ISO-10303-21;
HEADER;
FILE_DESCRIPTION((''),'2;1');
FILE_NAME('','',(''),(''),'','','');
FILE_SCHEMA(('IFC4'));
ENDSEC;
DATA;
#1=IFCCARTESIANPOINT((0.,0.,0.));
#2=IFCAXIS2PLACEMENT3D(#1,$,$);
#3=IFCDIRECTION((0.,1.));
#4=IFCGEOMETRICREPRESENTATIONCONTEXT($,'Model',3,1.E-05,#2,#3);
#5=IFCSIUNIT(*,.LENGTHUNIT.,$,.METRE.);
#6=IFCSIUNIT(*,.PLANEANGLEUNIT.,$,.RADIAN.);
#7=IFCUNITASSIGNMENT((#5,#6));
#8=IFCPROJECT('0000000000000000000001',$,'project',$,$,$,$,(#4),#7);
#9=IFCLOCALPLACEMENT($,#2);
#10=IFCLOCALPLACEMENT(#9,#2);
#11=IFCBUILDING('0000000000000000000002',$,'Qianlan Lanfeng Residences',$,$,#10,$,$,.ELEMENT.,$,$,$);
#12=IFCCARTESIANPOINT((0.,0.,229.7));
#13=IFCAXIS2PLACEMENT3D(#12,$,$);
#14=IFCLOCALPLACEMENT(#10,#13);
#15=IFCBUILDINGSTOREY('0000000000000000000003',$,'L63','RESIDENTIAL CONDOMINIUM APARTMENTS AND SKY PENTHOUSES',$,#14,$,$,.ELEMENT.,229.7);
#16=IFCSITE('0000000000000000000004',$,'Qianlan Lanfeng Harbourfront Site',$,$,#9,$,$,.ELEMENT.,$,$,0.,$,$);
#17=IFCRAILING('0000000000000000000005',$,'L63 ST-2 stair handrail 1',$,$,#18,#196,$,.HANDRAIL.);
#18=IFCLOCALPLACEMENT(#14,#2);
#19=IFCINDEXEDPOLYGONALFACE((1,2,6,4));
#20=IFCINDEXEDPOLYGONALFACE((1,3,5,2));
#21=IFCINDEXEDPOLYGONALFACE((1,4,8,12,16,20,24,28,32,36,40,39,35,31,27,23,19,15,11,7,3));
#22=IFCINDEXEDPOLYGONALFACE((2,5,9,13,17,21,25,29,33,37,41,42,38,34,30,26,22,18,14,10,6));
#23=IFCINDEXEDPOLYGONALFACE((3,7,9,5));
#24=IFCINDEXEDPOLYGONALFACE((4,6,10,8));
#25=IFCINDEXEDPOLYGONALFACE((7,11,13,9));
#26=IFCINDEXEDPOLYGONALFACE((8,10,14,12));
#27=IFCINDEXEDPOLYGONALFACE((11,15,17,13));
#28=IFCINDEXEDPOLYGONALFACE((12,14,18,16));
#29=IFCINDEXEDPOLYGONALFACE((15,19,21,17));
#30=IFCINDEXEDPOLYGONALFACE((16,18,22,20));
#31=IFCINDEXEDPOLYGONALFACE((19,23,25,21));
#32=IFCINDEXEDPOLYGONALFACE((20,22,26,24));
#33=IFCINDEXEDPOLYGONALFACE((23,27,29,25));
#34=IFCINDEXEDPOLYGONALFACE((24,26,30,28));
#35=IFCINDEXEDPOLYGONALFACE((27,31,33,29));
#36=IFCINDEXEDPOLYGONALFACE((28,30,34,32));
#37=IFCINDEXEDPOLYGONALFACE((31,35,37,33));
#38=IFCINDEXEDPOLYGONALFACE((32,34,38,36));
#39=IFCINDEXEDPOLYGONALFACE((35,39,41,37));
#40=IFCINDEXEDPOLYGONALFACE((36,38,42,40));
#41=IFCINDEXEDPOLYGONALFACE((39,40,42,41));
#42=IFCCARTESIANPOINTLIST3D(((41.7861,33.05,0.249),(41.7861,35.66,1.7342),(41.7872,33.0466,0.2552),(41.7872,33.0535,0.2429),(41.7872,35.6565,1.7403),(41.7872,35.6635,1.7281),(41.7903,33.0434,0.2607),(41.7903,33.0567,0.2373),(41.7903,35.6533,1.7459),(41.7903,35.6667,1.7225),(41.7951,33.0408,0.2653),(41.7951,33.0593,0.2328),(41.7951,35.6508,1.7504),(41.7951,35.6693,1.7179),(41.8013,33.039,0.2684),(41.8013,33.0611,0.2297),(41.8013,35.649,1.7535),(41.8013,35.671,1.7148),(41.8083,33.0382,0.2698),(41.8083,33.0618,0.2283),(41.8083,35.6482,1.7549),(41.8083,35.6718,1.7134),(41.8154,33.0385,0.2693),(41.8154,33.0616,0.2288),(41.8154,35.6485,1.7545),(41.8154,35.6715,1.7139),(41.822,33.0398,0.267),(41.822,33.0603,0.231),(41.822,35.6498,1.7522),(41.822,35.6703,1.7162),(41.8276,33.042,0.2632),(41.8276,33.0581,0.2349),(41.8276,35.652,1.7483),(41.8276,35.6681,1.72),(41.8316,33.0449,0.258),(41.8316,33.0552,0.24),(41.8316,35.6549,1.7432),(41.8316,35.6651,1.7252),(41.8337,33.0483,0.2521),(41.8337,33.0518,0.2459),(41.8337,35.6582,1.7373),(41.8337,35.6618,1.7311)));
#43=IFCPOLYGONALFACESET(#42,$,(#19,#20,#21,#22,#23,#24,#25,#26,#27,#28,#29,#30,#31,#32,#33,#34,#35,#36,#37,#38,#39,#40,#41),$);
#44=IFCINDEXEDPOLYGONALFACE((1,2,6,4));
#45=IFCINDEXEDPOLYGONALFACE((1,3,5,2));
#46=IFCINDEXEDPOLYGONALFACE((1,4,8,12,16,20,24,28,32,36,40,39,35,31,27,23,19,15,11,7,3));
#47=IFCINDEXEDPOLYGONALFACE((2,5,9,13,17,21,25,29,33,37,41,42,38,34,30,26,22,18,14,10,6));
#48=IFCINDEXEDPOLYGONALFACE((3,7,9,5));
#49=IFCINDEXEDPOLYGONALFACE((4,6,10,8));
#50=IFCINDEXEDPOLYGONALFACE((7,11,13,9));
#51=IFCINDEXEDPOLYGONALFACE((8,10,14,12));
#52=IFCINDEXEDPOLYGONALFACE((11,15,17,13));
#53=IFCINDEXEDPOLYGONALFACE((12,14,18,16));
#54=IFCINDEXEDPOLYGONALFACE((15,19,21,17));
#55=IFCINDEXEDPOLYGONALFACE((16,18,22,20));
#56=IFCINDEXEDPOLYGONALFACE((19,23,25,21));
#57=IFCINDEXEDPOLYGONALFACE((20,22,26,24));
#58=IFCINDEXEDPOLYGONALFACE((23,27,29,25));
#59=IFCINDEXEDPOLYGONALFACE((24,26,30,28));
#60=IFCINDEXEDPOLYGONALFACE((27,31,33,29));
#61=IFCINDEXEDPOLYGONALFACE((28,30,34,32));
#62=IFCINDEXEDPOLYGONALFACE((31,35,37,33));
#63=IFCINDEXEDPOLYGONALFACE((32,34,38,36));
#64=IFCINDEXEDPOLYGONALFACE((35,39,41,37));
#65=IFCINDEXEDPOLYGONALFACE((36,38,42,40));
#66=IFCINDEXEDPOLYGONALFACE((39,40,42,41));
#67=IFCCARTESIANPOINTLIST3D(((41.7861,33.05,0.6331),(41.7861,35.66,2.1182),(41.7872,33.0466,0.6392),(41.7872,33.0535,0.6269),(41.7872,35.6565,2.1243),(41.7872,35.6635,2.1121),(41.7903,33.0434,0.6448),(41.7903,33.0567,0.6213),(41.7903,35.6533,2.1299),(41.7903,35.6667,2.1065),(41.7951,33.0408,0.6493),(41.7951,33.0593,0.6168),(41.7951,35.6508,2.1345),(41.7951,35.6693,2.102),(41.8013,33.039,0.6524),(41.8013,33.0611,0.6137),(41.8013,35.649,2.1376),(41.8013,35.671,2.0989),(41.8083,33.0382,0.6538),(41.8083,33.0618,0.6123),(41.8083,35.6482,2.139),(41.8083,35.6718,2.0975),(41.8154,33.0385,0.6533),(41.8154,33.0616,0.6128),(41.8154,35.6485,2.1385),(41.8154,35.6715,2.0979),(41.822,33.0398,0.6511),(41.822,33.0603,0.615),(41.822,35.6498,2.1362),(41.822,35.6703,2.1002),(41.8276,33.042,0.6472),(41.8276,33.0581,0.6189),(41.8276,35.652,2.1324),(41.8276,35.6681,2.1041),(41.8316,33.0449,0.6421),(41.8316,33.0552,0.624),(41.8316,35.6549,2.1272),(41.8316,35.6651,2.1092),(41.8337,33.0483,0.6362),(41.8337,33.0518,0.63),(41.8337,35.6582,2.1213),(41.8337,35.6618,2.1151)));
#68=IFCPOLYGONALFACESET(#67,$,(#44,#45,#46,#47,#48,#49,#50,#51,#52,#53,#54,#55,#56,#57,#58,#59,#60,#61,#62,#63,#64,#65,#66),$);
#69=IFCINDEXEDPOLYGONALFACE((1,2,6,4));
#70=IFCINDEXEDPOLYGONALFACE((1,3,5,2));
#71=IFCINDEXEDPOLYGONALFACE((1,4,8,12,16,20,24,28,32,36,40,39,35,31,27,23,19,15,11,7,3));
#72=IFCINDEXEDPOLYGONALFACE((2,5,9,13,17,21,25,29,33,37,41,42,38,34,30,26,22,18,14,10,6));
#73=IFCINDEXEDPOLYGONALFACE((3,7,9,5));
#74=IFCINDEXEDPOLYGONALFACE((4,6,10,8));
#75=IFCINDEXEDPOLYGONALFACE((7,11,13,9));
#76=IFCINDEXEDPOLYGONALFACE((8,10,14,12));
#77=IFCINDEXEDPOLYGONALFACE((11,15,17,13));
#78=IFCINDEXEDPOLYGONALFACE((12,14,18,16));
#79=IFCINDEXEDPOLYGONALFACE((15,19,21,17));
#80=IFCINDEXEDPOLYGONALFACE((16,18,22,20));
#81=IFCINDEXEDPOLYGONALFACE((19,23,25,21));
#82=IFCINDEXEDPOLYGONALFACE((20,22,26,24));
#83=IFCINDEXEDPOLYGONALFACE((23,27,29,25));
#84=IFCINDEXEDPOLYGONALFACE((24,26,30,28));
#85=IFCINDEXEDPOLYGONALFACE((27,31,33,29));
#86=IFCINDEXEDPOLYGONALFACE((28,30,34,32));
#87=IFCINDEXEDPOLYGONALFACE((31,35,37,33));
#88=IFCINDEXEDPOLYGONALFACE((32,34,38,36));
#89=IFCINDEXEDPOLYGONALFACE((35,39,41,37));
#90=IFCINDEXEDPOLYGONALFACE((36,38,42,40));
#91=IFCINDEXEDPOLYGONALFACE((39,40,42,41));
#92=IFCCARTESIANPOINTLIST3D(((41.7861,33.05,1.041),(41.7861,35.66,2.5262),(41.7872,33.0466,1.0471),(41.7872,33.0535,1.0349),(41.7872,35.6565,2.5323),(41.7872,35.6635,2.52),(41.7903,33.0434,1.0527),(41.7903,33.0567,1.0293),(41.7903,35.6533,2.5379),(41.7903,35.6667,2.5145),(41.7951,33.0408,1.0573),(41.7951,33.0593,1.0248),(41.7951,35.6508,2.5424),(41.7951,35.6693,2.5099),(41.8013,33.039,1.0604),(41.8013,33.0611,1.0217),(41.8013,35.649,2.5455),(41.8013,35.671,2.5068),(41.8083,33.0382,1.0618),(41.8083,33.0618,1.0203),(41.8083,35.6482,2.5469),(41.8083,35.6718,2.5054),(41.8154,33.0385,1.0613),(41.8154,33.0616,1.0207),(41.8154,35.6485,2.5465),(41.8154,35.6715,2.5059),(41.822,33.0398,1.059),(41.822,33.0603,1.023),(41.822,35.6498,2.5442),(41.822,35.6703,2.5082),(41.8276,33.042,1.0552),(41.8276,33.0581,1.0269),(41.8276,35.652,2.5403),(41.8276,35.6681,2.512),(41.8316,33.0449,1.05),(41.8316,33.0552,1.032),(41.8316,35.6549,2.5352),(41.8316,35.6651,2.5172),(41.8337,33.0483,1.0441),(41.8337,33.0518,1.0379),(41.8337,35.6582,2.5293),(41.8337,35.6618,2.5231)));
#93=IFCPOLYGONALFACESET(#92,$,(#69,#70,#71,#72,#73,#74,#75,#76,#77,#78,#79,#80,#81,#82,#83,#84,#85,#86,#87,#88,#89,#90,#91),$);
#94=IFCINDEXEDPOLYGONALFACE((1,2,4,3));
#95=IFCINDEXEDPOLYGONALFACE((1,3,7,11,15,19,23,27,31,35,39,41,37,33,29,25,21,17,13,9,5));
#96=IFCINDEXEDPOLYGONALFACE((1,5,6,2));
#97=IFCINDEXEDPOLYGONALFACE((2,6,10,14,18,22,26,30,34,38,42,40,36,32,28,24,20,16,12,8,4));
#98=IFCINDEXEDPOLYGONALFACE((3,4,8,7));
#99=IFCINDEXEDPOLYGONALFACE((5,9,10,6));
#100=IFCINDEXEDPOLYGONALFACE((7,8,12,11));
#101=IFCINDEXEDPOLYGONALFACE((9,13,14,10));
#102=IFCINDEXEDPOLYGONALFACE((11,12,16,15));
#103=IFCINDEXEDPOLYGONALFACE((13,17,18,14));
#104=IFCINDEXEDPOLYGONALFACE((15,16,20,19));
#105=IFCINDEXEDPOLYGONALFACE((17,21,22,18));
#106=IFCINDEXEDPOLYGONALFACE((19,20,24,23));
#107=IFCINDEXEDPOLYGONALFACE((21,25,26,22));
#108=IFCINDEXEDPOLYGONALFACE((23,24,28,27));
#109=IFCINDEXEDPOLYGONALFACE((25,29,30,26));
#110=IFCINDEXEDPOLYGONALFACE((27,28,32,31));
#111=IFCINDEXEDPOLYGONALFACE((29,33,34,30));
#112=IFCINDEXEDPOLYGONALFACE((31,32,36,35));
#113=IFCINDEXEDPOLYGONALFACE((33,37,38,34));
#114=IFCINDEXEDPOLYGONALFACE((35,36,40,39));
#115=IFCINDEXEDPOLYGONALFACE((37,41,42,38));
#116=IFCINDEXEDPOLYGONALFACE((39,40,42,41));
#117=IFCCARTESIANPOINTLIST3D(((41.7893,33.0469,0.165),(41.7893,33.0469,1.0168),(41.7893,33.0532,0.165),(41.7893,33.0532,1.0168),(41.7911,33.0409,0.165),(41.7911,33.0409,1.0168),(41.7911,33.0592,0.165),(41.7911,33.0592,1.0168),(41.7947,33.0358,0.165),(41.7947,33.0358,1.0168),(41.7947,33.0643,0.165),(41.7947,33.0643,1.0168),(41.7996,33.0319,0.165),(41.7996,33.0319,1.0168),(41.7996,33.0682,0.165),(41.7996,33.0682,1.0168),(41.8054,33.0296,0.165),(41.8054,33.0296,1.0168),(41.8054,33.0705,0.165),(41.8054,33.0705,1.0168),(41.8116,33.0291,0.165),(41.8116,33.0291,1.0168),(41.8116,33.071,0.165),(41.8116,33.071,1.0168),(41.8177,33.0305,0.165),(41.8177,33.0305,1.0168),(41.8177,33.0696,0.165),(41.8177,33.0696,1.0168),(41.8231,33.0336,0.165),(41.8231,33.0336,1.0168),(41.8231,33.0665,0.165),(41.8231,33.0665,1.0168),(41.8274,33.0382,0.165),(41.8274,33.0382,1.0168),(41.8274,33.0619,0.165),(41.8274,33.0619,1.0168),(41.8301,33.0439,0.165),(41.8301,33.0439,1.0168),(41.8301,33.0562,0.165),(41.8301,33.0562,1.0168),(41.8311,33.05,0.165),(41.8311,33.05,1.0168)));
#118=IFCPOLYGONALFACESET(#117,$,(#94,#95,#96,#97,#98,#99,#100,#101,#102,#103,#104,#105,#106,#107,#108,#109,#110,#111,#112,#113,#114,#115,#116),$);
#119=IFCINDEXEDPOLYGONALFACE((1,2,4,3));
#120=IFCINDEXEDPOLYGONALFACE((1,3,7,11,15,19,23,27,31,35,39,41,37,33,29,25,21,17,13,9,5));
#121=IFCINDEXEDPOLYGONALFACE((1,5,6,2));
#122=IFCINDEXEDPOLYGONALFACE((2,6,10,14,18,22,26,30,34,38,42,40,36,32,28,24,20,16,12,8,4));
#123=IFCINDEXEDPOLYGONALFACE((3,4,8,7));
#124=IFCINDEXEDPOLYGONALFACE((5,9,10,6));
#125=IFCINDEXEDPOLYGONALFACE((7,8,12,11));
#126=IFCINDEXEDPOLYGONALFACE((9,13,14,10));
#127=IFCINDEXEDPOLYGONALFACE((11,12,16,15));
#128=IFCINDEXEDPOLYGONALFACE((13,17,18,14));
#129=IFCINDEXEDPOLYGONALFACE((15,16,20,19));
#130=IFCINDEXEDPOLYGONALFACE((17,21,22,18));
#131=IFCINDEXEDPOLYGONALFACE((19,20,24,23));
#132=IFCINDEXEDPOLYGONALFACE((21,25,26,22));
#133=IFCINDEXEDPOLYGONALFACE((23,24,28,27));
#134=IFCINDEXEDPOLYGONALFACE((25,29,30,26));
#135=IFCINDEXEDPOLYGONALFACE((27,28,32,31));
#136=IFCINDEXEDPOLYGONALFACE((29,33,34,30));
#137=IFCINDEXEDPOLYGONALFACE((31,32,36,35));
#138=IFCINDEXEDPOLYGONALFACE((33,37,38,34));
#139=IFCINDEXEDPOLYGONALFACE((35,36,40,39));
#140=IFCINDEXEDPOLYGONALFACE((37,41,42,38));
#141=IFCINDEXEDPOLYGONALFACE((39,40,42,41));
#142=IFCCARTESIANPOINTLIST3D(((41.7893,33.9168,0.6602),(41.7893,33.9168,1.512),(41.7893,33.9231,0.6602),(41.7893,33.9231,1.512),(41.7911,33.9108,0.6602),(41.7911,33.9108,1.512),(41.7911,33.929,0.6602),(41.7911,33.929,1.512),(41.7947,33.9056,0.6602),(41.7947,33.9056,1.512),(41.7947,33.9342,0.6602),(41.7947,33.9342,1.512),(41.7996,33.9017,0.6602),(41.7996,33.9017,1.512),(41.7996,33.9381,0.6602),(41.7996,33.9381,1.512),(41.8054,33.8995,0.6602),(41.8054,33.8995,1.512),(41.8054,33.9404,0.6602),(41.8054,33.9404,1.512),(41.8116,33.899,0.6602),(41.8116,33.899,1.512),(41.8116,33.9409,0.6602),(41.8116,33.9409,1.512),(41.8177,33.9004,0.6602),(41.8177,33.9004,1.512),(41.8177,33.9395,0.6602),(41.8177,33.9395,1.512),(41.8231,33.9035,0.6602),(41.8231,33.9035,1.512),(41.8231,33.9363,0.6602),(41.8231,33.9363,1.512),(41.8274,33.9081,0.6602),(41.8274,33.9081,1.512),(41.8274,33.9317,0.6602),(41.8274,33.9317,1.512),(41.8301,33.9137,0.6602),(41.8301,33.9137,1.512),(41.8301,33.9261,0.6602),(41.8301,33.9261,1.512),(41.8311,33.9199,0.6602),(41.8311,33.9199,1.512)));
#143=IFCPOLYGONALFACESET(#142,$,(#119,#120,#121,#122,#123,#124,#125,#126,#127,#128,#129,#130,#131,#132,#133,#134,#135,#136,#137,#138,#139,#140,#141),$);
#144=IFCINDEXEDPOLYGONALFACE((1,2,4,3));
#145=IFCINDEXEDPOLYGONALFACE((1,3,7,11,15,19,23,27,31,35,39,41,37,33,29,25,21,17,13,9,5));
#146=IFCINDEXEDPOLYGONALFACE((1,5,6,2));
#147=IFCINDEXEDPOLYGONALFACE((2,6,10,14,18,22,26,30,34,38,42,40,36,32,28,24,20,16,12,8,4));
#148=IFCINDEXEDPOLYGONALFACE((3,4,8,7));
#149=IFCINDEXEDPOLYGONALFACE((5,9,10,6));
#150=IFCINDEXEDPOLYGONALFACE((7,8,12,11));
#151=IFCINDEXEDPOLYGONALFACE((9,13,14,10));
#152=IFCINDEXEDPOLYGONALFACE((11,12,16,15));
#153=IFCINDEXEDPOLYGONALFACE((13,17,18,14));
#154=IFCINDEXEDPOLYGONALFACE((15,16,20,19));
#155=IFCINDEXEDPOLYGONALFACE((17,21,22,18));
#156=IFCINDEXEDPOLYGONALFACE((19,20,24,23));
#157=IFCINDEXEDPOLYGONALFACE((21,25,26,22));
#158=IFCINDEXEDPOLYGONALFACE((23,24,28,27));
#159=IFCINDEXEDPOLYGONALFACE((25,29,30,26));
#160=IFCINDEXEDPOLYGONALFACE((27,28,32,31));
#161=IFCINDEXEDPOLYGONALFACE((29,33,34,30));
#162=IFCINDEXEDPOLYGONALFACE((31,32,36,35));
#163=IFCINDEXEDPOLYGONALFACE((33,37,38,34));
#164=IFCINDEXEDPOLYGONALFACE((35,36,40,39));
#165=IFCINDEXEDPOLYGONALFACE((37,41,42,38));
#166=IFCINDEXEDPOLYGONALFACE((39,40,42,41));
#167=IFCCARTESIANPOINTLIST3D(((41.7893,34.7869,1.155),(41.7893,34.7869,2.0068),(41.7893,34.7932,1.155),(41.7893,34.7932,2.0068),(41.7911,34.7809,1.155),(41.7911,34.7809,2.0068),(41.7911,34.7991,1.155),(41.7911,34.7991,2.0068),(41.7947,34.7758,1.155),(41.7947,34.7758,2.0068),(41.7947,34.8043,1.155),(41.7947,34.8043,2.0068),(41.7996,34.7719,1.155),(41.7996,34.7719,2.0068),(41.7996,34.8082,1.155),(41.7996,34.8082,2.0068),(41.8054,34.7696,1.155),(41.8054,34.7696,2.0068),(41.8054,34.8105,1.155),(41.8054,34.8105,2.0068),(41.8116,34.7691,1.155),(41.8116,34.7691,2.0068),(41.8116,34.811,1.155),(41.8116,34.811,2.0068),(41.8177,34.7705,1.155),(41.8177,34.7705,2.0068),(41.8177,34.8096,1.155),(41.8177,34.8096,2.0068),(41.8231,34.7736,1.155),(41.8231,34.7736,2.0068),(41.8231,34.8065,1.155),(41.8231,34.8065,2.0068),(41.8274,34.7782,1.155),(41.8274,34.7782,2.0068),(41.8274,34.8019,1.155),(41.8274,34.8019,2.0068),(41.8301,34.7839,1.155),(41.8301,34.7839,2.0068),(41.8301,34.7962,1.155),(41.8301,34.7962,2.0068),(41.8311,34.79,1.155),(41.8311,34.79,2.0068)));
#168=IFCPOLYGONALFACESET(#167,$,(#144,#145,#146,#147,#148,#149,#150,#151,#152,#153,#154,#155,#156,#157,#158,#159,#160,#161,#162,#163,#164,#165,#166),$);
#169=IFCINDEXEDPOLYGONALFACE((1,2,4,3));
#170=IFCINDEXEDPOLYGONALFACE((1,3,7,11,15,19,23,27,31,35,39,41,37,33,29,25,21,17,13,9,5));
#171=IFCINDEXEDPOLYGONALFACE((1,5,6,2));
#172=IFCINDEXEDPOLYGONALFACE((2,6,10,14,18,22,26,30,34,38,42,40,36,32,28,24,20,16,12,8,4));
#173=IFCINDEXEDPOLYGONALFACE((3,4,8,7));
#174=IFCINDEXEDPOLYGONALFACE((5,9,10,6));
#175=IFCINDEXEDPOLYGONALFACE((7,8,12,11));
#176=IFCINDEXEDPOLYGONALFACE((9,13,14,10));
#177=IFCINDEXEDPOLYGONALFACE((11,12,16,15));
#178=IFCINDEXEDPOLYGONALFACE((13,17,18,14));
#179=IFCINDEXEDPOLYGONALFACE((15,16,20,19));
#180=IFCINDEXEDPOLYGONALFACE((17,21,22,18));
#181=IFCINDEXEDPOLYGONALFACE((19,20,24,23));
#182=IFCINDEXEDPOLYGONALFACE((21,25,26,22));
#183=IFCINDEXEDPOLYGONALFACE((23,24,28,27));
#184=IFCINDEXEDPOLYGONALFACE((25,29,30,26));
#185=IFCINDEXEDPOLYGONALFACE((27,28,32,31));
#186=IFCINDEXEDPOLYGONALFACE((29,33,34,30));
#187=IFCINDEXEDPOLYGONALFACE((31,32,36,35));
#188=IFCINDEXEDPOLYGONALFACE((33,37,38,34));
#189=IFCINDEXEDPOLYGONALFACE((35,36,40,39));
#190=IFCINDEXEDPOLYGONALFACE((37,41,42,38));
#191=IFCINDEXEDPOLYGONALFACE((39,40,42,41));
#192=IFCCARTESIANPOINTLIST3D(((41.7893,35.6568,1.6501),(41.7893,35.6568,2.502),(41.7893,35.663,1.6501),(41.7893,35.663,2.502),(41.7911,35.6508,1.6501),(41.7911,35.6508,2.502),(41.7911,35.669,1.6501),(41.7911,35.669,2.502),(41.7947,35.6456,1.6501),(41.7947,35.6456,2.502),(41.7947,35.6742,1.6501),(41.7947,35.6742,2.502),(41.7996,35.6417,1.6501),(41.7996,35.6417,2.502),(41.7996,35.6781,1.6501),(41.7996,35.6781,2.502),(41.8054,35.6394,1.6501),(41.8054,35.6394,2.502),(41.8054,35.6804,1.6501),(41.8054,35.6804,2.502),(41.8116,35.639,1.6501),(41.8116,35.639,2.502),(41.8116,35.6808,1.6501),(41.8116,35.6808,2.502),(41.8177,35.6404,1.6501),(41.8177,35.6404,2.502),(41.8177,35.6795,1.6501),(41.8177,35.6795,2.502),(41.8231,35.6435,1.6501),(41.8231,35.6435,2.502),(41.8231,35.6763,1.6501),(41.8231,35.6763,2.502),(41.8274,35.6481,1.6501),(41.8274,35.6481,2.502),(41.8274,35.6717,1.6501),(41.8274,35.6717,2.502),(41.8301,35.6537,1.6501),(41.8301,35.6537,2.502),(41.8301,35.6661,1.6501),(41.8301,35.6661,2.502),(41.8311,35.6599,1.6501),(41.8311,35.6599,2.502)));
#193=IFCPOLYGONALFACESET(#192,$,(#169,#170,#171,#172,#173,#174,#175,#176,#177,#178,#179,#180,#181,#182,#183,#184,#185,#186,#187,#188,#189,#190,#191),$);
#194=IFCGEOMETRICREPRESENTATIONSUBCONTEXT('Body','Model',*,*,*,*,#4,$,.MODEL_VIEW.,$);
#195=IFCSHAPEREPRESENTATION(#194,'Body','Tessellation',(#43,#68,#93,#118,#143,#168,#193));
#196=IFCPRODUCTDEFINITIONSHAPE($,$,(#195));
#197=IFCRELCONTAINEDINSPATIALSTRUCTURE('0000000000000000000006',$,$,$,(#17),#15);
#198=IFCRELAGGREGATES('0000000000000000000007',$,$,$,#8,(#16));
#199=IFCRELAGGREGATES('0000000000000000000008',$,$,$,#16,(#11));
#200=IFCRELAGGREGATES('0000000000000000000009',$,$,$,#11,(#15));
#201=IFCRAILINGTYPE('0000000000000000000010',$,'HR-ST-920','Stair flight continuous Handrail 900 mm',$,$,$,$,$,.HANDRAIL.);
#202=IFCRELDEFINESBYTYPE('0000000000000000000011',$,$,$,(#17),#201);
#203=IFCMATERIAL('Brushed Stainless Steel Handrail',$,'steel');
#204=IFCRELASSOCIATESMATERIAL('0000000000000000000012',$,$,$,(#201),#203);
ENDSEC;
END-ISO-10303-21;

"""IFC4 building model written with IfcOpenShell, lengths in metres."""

from ifc_helpers import new_model, si_unit, direction, frame, origin, origin_2d, place, context, subcontext, project, spatial, circle, extrude, material, type_object, element, save


model = new_model("IFC4")

# Units and contexts
model_context = context("Model", 3, precision=1e-05, world=origin(), true_north=direction((0.0, 1.0)))
body_context = subcontext(model_context, "Body", "Model", "MODEL_VIEW")
ifc_project = project(units=[si_unit("LENGTHUNIT", "METRE"), si_unit("PLANEANGLEUNIT", "RADIAN")], contexts=[model_context])

# Site, building, storey
site_placement = place(None, origin())
site = spatial("IfcSite", under=ifc_project, at=site_placement, Name="Qianlan Lanfeng Harbourfront Site", CompositionType="ELEMENT", RefElevation=0.0)
building_placement = place(site_placement, origin())
building = spatial("IfcBuilding", under=site, at=building_placement, Name="Qianlan Lanfeng Residences", CompositionType="ELEMENT")
storey_placement = place(building_placement, frame((0.0, 0.0, 229.7)))
storey = spatial("IfcBuildingStorey", under=building, at=storey_placement, Name="L63", Description="RESIDENTIAL CONDOMINIUM APARTMENTS AND SKY PENTHOUSES", CompositionType="ELEMENT", Elevation=229.7)

# Railing
ifc_material_1 = material(Name="Brushed Stainless Steel Handrail", Category="steel")
railing_type_1 = type_object("IfcRailingType", Name="HR-ST-920", Description="Stair flight continuous Handrail 900 mm", PredefinedType="HANDRAIL", material=ifc_material_1)
railing_1_placement = place(storey_placement, frame((41.8101, 33.05, 0.165)))
element("IfcRailing", 1, at=railing_1_placement, inside=storey, type_object=railing_type_1, Name="L63 ST-2 stair handrail 1", PredefinedType="HANDRAIL", context=body_context, shape_type="SweptSolid", body=[
    extrude(circle(Radius=0.0239, at=origin_2d()), frame((0.0, 0.0, 0.084), z_axis=(0.0, 0.869137, 0.494571), x_axis=(-1.0, 0.0, 0.0)), (0.0, 0.0, 1.0), 3.0029),
    extrude(circle(Radius=0.0239, at=origin_2d()), frame((0.0, 0.0, 0.468), z_axis=(0.0, 0.869137, 0.494571), x_axis=(-1.0, 0.0, 0.0)), (0.0, 0.0, 1.0), 3.0029),
    extrude(circle(Radius=0.0239, at=origin_2d()), frame((0.0, 0.0, 0.876), z_axis=(0.0, 0.869137, 0.494571), x_axis=(-1.0, 0.0, 0.0)), (0.0, 0.0, 1.0), 3.0029),
    extrude(circle(Radius=0.021, at=origin_2d()), origin(), (0.0, 0.0, 1.0), 0.8518),
    extrude(circle(Radius=0.021, at=origin_2d()), frame((0.0, 0.8699, 0.4951)), (0.0, 0.0, 1.0), 0.8518),
    extrude(circle(Radius=0.021, at=origin_2d()), frame((0.0, 1.74, 0.99)), (0.0, 0.0, 1.0), 0.8518),
    extrude(circle(Radius=0.021, at=origin_2d()), frame((0.0, 2.6099, 1.4851)), (0.0, 0.0, 1.0), 0.8518),
])

save(model, "model.ifc")
